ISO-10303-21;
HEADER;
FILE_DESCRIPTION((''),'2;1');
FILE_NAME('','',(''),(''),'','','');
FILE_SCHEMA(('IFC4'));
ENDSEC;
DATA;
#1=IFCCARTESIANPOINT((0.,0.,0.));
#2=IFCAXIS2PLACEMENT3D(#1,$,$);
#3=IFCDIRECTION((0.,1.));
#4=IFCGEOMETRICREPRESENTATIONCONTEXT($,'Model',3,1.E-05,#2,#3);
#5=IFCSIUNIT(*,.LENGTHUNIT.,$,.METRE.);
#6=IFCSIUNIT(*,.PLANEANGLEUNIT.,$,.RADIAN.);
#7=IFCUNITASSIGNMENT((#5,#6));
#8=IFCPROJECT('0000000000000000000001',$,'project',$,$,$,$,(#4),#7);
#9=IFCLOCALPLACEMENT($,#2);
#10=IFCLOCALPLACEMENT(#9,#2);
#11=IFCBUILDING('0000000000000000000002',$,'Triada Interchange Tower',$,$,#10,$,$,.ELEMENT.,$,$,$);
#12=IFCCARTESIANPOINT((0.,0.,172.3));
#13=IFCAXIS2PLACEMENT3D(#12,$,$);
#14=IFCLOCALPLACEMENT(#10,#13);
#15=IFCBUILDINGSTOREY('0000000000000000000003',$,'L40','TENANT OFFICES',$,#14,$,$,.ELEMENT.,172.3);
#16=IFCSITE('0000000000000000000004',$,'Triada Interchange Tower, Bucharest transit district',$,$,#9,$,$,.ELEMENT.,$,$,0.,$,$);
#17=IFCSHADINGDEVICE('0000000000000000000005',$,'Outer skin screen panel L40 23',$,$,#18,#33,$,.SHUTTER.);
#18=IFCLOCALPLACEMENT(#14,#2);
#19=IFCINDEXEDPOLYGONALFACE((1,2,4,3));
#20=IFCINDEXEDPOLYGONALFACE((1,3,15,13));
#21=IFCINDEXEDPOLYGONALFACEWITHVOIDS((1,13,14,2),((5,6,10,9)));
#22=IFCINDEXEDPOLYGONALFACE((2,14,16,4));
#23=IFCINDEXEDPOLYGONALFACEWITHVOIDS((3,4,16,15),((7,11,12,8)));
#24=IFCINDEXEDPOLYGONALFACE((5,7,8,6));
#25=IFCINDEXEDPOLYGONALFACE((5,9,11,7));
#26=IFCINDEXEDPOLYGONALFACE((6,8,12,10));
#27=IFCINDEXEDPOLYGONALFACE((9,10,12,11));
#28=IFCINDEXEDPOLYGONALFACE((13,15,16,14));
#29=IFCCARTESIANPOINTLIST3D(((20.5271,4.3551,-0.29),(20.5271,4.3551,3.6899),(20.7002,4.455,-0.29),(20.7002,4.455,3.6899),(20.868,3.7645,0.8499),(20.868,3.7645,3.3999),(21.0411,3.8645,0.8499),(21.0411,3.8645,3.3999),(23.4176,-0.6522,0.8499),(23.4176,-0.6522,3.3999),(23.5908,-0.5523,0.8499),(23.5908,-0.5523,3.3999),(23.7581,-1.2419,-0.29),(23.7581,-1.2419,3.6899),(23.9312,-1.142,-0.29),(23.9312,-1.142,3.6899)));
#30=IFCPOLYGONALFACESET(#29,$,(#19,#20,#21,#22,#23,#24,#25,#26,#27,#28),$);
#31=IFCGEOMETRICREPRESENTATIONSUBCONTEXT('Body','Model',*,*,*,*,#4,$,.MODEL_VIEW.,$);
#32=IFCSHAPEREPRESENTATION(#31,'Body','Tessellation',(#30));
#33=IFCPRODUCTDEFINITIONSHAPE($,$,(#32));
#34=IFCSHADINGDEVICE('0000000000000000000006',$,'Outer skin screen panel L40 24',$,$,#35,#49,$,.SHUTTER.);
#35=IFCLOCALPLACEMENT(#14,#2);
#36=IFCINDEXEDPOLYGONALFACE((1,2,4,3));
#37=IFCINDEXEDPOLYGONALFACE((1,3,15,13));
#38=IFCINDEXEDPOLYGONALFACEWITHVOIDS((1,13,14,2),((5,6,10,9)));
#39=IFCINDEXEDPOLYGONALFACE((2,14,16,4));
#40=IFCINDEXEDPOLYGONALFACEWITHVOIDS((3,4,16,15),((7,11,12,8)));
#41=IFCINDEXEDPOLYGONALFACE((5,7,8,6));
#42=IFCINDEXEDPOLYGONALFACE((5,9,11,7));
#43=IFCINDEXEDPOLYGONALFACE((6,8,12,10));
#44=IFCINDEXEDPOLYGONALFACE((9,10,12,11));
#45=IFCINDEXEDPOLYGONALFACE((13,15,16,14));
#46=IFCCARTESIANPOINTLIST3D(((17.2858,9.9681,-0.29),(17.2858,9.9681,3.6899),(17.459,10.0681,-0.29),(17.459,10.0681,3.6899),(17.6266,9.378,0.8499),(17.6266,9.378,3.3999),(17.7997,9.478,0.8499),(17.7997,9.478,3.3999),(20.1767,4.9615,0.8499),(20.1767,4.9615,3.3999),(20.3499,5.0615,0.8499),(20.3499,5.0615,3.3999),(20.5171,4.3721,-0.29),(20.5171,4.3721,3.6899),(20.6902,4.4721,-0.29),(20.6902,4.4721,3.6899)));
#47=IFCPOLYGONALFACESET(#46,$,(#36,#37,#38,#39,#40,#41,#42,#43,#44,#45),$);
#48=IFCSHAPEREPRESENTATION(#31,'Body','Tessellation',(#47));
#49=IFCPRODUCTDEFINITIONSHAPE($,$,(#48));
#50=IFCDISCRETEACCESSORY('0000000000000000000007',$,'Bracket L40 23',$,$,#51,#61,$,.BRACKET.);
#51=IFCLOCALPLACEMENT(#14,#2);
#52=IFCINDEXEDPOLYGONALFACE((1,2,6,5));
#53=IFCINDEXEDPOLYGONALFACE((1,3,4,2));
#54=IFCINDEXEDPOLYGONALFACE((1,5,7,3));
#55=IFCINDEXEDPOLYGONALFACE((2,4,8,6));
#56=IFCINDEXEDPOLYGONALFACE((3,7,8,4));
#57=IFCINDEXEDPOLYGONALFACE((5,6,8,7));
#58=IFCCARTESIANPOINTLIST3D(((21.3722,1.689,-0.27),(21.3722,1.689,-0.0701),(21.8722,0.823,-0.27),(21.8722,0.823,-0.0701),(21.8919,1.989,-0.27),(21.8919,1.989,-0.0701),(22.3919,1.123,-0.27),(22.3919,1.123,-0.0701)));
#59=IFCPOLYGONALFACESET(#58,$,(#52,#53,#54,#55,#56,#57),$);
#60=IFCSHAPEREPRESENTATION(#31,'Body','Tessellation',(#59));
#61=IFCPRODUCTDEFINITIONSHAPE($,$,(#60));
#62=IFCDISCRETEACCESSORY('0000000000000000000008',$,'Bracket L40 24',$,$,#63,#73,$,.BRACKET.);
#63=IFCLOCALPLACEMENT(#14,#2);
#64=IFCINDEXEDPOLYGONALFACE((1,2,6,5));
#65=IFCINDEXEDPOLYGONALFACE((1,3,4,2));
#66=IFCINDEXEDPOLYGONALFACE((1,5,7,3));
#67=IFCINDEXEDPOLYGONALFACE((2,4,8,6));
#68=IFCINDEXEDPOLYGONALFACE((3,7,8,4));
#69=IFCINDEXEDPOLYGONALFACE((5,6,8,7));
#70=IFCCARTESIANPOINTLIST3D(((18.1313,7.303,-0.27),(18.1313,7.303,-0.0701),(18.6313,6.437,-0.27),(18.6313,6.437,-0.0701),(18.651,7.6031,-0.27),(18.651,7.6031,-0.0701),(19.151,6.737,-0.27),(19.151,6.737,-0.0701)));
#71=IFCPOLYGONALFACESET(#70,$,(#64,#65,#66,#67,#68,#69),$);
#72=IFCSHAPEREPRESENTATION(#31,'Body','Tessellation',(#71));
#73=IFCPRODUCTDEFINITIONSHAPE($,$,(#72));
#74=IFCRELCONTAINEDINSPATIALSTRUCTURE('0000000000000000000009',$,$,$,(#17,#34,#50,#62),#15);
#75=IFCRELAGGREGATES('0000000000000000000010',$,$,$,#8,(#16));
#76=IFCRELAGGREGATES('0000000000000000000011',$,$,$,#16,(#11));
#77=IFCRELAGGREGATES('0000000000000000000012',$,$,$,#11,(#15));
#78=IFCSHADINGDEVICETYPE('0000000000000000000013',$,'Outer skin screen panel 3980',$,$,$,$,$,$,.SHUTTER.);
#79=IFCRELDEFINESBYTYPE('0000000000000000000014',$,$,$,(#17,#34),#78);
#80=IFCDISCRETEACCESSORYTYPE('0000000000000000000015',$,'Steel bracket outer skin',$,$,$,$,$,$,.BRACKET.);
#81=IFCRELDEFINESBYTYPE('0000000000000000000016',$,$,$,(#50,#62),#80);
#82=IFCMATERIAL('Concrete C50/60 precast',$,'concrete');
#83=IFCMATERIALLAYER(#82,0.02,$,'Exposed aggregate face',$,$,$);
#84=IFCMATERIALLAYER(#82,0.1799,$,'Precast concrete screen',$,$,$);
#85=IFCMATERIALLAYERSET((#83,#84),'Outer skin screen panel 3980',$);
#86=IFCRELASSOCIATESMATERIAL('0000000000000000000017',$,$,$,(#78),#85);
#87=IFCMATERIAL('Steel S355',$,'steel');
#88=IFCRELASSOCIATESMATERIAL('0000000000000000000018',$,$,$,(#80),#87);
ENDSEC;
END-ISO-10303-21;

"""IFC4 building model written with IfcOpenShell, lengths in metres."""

from ifc_helpers import new_model, si_unit, direction, frame, origin, origin_2d, place, context, subcontext, project, spatial, polyline, rectangle, outline, extrude, material, layer, layer_set, type_object, element, save


model = new_model("IFC4")

# Units and contexts
model_context = context("Model", 3, precision=1e-05, world=origin(), true_north=direction((0.0, 1.0)))
body_context = subcontext(model_context, "Body", "Model", "MODEL_VIEW")
ifc_project = project(units=[si_unit("LENGTHUNIT", "METRE"), si_unit("PLANEANGLEUNIT", "RADIAN")], contexts=[model_context])

# Site, building, storey
site_placement = place(None, origin())
site = spatial("IfcSite", under=ifc_project, at=site_placement, Name="Triada Interchange Tower, Bucharest transit district", CompositionType="ELEMENT", RefElevation=0.0)
building_placement = place(site_placement, origin())
building = spatial("IfcBuilding", under=site, at=building_placement, Name="Triada Interchange Tower", CompositionType="ELEMENT")
storey_placement = place(building_placement, frame((0.0, 0.0, 172.3)))
storey = spatial("IfcBuildingStorey", under=building, at=storey_placement, Name="L40", Description="TENANT OFFICES", CompositionType="ELEMENT", Elevation=172.3)

# Shading devices
ifc_material_1 = material(Name="Concrete C50/60 precast", Category="concrete")
ifc_layer_1 = layer(ifc_material_1, 0.02, Name="Exposed aggregate face")
ifc_layer_2 = layer(ifc_material_1, 0.1799, Name="Precast concrete screen")
ifc_layer_set_1 = layer_set([ifc_layer_1, ifc_layer_2], Name="Outer skin screen panel 3980")
shading_device_type = type_object("IfcShadingDeviceType", Name="Outer skin screen panel 3980", PredefinedType="SHUTTER", material=ifc_layer_set_1)
shading_device_1_placement = place(storey_placement, frame((23.7581, -1.2419, -0.29), z_axis=(0.0, 0.0, 1.0), x_axis=(-0.49995, 0.866054, 0.0)))
element("IfcShadingDevice", 1, at=shading_device_1_placement, inside=storey, type_object=shading_device_type, Name="Outer skin screen panel L40 23", PredefinedType="SHUTTER", context=body_context, shape_type="SweptSolid", body=[
    extrude(outline(polyline([(0.0, 0.0), (6.4626, 0.0), (6.4626, 3.98), (0.0, 3.98), (0.0, 0.0)]), holes=[polyline([(0.6809, 1.1399), (0.6809, 3.6899), (5.7808, 3.6899), (5.7808, 1.1399), (0.6809, 1.1399)])]), frame((0.0, 0.0, 0.0), z_axis=(0.0, -1.0, 0.0), x_axis=(1.0, 0.0, 0.0)), (0.0, 0.0, 1.0), 0.2),
])
shading_device_2_placement = place(storey_placement, frame((20.5171, 4.3721, -0.29), z_axis=(0.0, 0.0, 1.0), x_axis=(-0.500044, 0.866, 0.0)))
element("IfcShadingDevice", 2, at=shading_device_2_placement, inside=storey, type_object=shading_device_type, Name="Outer skin screen panel L40 24", PredefinedType="SHUTTER", context=body_context, shape_type="SweptSolid", body=[
    extrude(outline(polyline([(0.0, 0.0), (6.4619, 0.0), (6.4619, 3.98), (0.0, 3.98), (0.0, 0.0)]), holes=[polyline([(0.6807, 1.1399), (0.6807, 3.6899), (5.7805, 3.6899), (5.7805, 1.1399), (0.6807, 1.1399)])]), frame((0.0, 0.0, 0.0), z_axis=(0.0, -1.0, 0.0), x_axis=(1.0, 0.0, 0.0)), (0.0, 0.0, 1.0), 0.2),
])

# Discrete accessories
ifc_material_2 = material(Name="Steel S355", Category="steel")
discrete_accessory_type = type_object("IfcDiscreteAccessoryType", Name="Steel bracket outer skin", PredefinedType="BRACKET", material=ifc_material_2)
for number, where, z_axis, x_axis, name in (
    (3, (21.8821, 1.406, -0.27), (0.0, 0.0, 1.0), (0.866023, 0.500005, 0.0), "Bracket L40 23"),
    (4, (18.6411, 7.02, -0.27), (0.0, 0.0, 1.0), (0.866023, 0.500005, 0.0), "Bracket L40 24"),
):
    element("IfcDiscreteAccessory", number, at=place(storey_placement, frame(where, z_axis=z_axis, x_axis=x_axis)), inside=storey, type_object=discrete_accessory_type, Name=name, PredefinedType="BRACKET", context=body_context, shape_type="SweptSolid", body=[
        extrude(rectangle(XDim=0.6001, YDim=1.0, at=origin_2d()), origin(), (0.0, 0.0, 1.0), 0.2),
    ])

save(model, "model.ifc")
